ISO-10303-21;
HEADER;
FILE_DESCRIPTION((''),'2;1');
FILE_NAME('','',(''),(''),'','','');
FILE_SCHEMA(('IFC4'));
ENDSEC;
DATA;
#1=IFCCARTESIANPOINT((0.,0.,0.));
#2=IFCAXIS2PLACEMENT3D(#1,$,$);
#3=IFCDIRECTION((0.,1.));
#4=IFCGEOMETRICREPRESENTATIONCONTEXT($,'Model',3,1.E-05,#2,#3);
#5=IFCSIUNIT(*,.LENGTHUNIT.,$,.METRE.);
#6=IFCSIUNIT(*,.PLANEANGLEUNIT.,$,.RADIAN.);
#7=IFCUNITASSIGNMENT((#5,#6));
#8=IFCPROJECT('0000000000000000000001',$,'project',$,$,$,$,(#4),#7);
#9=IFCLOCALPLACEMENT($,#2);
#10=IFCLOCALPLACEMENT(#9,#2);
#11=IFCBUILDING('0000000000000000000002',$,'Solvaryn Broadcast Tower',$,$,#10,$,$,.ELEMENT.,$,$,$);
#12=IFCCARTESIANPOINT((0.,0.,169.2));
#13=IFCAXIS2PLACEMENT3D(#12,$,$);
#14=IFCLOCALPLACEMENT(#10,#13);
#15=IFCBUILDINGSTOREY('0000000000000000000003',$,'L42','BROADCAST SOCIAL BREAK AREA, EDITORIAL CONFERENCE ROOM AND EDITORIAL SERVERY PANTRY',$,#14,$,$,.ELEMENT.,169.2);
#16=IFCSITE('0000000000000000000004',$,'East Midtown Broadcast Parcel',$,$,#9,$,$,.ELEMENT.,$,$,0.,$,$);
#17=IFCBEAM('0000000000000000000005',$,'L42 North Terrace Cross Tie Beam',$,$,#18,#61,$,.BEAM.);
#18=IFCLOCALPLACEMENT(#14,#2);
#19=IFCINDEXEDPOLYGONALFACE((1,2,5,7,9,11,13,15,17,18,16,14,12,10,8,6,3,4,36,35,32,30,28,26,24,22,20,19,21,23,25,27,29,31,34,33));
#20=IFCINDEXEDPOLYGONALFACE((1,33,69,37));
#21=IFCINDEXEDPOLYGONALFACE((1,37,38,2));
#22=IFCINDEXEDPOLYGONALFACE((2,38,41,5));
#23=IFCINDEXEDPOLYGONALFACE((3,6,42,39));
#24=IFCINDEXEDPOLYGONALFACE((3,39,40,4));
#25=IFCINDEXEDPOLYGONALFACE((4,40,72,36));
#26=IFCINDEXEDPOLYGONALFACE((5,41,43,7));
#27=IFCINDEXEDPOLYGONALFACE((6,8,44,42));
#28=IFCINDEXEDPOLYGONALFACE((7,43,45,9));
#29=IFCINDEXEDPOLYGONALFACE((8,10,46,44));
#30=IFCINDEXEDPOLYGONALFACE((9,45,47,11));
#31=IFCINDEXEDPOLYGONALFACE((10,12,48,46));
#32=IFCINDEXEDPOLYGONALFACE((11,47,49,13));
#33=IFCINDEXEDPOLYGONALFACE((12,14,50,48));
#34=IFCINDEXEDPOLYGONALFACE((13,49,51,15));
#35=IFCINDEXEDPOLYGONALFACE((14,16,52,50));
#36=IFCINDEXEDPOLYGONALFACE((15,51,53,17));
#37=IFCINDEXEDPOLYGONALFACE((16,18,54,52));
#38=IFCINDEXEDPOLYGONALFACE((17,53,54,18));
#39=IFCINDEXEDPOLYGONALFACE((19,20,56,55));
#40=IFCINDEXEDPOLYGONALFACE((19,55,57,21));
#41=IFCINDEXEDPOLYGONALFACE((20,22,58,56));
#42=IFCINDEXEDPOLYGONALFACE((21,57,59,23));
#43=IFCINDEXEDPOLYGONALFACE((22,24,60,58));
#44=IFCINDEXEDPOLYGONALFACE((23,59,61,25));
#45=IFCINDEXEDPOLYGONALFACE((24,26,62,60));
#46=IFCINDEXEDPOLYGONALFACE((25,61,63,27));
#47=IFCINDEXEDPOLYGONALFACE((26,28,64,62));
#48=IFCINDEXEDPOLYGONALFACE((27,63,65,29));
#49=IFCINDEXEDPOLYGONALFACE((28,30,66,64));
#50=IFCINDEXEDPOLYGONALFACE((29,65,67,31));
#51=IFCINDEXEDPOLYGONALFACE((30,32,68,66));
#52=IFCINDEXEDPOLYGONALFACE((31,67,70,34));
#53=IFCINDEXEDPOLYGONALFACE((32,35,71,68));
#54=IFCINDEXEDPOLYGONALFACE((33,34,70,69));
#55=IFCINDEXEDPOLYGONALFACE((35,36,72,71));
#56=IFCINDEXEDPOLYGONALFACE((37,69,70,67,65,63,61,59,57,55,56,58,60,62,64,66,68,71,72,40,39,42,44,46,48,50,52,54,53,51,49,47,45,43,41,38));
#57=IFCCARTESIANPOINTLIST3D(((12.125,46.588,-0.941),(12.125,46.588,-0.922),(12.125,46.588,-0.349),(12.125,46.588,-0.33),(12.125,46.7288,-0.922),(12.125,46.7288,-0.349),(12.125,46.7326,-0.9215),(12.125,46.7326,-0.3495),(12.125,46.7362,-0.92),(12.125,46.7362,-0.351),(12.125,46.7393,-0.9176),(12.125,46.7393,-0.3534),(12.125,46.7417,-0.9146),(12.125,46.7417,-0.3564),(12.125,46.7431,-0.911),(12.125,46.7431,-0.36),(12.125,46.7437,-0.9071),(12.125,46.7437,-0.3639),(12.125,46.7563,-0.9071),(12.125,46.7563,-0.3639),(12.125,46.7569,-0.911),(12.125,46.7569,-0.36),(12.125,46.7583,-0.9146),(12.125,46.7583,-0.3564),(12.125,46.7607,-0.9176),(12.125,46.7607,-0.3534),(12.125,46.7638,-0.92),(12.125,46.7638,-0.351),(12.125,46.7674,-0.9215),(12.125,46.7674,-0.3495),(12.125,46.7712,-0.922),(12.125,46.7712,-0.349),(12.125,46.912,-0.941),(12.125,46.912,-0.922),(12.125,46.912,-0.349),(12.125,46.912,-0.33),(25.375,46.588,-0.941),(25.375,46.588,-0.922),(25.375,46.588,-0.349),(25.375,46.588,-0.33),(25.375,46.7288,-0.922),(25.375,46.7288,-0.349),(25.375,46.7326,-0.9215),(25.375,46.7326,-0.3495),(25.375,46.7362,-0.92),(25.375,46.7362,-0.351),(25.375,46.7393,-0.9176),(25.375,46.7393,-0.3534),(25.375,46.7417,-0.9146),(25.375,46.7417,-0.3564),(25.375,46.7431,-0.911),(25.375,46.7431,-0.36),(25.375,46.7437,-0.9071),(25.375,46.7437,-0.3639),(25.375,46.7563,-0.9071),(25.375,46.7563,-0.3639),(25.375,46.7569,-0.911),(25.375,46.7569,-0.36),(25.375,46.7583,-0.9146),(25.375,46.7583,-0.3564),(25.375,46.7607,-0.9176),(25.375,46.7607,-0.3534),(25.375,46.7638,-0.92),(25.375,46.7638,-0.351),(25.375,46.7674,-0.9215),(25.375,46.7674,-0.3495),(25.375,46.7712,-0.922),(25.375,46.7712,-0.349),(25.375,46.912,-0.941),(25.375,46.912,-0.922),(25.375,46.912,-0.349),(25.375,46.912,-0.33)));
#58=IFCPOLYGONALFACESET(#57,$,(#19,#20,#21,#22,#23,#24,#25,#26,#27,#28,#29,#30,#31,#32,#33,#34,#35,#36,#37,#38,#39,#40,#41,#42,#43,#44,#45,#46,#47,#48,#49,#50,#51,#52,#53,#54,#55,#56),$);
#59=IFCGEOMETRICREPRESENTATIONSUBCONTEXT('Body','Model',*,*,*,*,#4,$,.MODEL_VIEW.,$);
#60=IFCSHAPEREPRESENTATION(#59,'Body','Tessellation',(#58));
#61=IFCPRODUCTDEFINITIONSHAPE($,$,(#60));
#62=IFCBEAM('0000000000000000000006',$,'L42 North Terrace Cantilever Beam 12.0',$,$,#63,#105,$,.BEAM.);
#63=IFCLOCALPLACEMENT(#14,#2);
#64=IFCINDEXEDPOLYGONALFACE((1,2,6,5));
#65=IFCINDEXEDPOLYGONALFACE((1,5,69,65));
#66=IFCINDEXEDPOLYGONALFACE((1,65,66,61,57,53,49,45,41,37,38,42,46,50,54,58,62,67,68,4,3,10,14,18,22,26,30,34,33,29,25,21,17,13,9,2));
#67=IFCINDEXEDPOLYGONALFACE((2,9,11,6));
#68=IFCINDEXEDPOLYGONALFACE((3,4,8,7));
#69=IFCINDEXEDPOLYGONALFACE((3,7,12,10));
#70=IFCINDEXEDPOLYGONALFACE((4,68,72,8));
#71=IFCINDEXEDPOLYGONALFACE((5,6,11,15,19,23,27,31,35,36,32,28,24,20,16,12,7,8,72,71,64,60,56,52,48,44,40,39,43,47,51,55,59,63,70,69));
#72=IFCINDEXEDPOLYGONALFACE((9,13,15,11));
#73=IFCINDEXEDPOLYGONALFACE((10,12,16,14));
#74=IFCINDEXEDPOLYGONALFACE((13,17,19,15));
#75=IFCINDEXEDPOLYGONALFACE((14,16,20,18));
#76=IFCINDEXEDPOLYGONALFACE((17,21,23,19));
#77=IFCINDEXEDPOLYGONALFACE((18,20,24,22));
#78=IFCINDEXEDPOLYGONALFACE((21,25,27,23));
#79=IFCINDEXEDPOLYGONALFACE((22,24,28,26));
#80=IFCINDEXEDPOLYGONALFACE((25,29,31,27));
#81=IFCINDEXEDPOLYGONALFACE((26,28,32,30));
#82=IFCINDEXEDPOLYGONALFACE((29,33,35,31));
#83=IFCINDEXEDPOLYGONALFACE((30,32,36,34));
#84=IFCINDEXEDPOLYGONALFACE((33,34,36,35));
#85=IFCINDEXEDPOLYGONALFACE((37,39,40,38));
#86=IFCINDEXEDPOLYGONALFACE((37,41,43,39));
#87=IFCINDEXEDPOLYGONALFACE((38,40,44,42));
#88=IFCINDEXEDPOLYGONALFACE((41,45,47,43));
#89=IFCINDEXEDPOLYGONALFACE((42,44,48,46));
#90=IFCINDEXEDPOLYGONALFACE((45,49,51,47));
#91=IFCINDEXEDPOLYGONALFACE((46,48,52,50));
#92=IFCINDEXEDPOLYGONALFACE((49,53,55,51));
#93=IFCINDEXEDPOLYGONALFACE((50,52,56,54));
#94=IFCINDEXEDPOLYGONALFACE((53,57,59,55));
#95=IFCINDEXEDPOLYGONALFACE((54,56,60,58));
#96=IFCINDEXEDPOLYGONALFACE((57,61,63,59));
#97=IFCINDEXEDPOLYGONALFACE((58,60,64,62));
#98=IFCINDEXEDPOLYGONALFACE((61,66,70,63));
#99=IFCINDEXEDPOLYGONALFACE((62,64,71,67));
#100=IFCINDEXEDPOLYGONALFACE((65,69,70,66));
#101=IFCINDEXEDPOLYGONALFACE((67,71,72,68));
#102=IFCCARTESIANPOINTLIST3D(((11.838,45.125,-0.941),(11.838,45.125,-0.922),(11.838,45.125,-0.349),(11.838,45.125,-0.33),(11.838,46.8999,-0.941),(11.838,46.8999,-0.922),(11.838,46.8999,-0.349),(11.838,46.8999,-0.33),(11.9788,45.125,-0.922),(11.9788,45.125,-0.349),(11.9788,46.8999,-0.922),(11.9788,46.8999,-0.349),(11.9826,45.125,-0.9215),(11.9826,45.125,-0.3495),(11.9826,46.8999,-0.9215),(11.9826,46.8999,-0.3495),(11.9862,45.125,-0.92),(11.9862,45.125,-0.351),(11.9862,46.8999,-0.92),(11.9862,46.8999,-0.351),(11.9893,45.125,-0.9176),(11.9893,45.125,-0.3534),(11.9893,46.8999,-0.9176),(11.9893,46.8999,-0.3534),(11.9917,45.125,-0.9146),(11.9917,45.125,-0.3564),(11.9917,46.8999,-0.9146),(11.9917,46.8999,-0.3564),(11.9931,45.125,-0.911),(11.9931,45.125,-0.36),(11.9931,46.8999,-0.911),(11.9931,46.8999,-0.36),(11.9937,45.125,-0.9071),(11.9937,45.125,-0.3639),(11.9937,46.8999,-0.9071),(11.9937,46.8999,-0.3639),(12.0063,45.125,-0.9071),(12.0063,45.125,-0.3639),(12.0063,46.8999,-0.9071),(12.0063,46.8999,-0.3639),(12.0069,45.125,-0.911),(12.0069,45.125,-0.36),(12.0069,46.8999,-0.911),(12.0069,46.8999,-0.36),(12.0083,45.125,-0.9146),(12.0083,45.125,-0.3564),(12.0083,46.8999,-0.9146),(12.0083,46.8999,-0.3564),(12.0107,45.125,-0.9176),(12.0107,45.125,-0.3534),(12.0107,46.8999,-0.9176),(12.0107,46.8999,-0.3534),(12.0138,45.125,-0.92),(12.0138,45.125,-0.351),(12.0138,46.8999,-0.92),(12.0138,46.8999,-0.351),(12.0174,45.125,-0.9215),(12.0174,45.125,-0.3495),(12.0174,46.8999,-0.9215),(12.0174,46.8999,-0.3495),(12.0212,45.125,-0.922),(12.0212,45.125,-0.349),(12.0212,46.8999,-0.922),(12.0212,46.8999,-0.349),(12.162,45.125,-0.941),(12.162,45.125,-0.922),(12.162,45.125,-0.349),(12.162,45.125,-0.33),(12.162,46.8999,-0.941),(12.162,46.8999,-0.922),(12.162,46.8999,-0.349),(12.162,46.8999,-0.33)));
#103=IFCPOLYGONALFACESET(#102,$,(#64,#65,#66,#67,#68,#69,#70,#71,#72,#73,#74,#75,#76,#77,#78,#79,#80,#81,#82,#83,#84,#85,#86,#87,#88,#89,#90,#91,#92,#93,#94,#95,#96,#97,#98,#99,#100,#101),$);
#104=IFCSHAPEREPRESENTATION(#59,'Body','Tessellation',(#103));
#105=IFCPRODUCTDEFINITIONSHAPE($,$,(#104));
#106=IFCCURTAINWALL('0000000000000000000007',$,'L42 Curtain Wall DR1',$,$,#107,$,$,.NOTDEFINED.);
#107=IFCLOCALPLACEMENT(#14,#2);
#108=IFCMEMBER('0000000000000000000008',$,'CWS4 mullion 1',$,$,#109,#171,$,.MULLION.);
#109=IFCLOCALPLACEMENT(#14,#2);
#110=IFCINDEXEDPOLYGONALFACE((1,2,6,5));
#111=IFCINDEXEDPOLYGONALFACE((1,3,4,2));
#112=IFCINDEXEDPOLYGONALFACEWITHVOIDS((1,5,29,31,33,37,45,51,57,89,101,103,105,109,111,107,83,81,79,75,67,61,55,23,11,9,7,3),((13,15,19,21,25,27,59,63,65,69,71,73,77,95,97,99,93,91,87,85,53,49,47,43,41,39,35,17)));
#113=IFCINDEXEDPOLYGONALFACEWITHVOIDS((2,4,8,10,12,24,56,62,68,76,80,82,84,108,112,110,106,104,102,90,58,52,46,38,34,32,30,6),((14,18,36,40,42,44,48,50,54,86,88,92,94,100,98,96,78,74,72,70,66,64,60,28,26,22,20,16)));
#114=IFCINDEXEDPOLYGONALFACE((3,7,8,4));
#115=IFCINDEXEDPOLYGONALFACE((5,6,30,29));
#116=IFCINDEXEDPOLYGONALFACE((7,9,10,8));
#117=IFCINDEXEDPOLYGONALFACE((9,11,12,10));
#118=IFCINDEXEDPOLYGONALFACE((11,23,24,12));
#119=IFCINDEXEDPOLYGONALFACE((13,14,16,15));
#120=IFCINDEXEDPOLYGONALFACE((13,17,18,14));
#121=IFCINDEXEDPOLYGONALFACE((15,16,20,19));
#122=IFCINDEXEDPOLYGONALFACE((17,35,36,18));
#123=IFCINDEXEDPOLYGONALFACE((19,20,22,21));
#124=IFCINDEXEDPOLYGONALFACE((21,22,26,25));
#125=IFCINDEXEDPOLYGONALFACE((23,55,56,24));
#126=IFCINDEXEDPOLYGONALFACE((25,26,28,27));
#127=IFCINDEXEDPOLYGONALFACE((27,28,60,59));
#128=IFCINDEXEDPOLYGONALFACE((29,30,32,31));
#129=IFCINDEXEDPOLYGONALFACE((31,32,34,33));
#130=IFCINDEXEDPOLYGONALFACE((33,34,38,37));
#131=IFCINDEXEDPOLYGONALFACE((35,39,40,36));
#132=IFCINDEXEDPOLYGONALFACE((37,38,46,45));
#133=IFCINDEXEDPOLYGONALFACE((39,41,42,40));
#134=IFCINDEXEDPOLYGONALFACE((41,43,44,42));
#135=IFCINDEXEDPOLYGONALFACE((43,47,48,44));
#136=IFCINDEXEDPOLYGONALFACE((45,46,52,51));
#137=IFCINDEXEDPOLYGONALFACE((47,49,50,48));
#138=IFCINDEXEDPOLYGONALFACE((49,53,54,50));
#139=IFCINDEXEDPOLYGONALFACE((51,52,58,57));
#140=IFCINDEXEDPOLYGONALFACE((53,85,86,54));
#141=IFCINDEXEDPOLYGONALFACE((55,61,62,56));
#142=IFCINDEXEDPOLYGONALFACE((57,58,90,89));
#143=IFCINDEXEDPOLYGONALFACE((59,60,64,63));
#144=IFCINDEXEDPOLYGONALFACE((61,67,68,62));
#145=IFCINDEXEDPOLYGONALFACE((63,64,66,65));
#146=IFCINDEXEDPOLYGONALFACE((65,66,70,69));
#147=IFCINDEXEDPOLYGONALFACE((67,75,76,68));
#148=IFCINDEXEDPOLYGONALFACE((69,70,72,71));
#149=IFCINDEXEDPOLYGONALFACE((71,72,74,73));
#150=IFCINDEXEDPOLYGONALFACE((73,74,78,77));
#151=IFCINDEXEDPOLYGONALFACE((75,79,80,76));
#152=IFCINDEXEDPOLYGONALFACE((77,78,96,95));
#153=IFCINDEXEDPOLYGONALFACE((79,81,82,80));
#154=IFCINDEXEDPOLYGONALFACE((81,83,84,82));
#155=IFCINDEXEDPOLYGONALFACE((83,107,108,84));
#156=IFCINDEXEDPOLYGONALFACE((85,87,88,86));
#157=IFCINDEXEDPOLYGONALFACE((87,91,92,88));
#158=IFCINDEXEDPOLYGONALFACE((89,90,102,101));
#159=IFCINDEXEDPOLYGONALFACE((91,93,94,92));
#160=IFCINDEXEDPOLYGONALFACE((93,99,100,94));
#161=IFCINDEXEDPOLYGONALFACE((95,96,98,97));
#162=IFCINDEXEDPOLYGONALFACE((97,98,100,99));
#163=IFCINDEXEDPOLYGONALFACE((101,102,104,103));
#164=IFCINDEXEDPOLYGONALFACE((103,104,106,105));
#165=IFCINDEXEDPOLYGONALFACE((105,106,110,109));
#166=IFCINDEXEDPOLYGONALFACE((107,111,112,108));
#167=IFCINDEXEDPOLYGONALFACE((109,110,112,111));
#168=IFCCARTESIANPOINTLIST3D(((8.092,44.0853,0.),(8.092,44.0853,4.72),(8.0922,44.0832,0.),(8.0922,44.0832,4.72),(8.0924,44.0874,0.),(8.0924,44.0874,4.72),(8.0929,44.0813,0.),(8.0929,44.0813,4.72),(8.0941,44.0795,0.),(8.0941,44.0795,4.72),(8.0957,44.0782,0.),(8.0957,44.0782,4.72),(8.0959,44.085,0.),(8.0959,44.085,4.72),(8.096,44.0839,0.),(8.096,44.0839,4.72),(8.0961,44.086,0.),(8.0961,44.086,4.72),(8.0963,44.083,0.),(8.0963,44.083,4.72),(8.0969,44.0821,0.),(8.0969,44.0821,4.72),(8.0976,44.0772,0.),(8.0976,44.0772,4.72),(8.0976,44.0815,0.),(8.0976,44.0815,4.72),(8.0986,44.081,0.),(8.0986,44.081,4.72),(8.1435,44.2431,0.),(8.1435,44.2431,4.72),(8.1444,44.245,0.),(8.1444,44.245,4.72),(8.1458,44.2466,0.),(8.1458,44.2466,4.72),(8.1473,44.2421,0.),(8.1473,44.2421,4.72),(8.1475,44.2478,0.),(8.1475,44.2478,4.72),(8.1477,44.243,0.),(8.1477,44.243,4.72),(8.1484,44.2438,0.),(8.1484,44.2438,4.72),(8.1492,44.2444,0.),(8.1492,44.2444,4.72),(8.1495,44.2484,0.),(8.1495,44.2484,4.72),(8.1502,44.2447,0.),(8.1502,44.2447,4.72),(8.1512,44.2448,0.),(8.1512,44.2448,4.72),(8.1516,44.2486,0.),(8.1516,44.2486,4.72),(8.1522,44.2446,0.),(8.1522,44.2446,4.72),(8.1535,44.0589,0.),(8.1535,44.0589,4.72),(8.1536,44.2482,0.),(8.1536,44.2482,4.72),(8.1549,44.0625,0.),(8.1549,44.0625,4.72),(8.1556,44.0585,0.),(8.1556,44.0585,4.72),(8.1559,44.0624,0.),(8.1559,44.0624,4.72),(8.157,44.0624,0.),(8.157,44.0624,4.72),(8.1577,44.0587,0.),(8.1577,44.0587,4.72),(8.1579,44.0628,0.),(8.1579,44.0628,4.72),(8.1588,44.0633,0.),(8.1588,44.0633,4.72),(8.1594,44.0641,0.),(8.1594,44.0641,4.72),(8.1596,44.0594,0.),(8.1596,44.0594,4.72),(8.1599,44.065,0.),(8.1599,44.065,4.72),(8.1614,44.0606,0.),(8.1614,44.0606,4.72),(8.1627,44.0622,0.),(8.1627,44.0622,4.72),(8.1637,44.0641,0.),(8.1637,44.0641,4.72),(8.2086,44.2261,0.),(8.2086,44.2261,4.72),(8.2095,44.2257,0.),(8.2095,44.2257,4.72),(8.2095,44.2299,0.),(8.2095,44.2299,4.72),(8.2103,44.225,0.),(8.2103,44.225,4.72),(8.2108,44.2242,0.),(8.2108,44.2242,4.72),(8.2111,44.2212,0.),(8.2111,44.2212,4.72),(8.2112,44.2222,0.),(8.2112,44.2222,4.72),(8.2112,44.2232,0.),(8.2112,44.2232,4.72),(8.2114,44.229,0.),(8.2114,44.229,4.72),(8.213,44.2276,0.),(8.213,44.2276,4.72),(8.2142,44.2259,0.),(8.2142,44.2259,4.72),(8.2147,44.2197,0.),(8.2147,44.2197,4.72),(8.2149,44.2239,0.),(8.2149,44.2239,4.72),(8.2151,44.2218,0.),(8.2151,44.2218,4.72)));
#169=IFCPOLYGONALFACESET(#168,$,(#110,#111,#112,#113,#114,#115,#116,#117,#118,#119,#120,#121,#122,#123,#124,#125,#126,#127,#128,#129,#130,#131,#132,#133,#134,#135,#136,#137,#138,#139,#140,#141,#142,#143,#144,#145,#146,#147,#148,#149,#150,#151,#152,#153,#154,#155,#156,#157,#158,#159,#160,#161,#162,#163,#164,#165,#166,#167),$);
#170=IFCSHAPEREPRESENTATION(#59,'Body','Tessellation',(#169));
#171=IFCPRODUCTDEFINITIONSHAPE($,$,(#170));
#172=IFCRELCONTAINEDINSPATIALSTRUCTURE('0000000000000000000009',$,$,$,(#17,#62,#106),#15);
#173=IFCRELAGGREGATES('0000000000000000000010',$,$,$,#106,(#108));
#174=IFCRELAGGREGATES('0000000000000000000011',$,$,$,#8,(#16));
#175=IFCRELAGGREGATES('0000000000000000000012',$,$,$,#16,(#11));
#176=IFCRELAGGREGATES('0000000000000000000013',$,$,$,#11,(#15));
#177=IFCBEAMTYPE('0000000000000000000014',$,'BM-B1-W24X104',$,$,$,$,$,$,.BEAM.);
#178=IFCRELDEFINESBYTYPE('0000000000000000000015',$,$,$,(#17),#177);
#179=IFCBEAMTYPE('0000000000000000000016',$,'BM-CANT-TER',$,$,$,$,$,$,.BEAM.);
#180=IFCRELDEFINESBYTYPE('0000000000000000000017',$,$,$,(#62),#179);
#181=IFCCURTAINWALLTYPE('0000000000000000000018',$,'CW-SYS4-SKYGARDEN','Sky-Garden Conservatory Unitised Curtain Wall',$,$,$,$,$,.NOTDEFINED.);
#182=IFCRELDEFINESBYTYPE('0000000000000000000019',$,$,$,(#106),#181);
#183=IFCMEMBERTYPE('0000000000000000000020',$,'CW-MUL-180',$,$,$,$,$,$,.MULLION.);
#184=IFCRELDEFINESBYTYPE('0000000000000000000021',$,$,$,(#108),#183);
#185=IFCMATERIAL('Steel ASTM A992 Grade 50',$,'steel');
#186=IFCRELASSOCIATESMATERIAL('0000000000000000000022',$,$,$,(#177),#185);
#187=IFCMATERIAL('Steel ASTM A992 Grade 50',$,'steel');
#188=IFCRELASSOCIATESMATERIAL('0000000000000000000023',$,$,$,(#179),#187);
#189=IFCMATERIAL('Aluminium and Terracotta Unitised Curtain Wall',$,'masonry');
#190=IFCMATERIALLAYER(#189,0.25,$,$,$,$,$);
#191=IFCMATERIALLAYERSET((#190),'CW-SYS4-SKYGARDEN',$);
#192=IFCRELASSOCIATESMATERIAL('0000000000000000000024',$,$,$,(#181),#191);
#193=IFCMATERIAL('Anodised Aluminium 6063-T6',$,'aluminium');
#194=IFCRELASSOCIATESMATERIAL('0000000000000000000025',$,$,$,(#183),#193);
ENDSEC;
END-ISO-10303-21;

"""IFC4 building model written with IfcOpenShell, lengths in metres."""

from ifc_helpers import new_model, si_unit, direction, frame, origin, origin_2d, place, context, subcontext, project, spatial, hollow_rectangle, i_section, extrude, material, layer, layer_set, material_profile, profile_set, type_object, element, aggregate, save


model = new_model("IFC4")

# Units and contexts
model_context = context("Model", 3, precision=1e-05, world=origin(), true_north=direction((0.0, 1.0)))
body_context = subcontext(model_context, "Body", "Model", "MODEL_VIEW")
ifc_project = project(units=[si_unit("LENGTHUNIT", "METRE"), si_unit("PLANEANGLEUNIT", "RADIAN")], contexts=[model_context])

# Site, building, storey
site_placement = place(None, origin())
site = spatial("IfcSite", under=ifc_project, at=site_placement, Name="East Midtown Broadcast Parcel", CompositionType="ELEMENT", RefElevation=0.0)
building_placement = place(site_placement, origin())
building = spatial("IfcBuilding", under=site, at=building_placement, Name="Solvaryn Broadcast Tower", CompositionType="ELEMENT")
storey_placement = place(building_placement, frame((0.0, 0.0, 169.2)))
storey = spatial("IfcBuildingStorey", under=building, at=storey_placement, Name="L42", Description="BROADCAST SOCIAL BREAK AREA, EDITORIAL CONFERENCE ROOM AND EDITORIAL SERVERY PANTRY", CompositionType="ELEMENT", Elevation=169.2)

# Beams
ifc_material_1 = material(Name="Steel ASTM A992 Grade 50", Category="steel")
ifc_material_profile_1 = material_profile(ifc_material_1, i_section(OverallWidth=0.324, OverallDepth=0.6111, WebThickness=0.0127, FlangeThickness=0.019, FilletRadius=0.0149, at=origin_2d()))
ifc_profile_set_1 = profile_set([ifc_material_profile_1], Name="Steel ASTM A992 Grade 50")
beam_type_1 = type_object("IfcBeamType", Name="BM-B1-W24X104", PredefinedType="BEAM", material=ifc_profile_set_1)
beam_1_placement = place(storey_placement, frame((12.125, 46.75, -0.6355), z_axis=(1.0, 0.0, 0.0), x_axis=(0.0, 1.0, 0.0)))
element("IfcBeam", 1, at=beam_1_placement, inside=storey, type_object=beam_type_1, Name="L42 North Terrace Cross Tie Beam", PredefinedType="BEAM", context=body_context, shape_type="SweptSolid", body=[
    extrude(i_section(OverallWidth=0.324, OverallDepth=0.6111, WebThickness=0.0127, FlangeThickness=0.019, FilletRadius=0.0149, at=origin_2d()), origin(), (0.0, 0.0, 1.0), 13.25),
])
ifc_material_2 = material(Name="Steel ASTM A992 Grade 50", Category="steel")
ifc_material_profile_2 = material_profile(ifc_material_2, i_section(OverallWidth=0.324, OverallDepth=0.6111, WebThickness=0.0127, FlangeThickness=0.019, FilletRadius=0.0149, at=origin_2d()))
ifc_profile_set_2 = profile_set([ifc_material_profile_2], Name="Steel ASTM A992 Grade 50")
beam_type_2 = type_object("IfcBeamType", Name="BM-CANT-TER", PredefinedType="BEAM", material=ifc_profile_set_2)
beam_2_placement = place(storey_placement, frame((12.0, 45.125, -0.6355), z_axis=(0.0, 1.0, 0.0), x_axis=(-1.0, 0.0, 0.0)))
element("IfcBeam", 2, at=beam_2_placement, inside=storey, type_object=beam_type_2, Name="L42 North Terrace Cantilever Beam 12.0", PredefinedType="BEAM", context=body_context, shape_type="SweptSolid", body=[
    extrude(i_section(OverallWidth=0.324, OverallDepth=0.6111, WebThickness=0.0127, FlangeThickness=0.019, FilletRadius=0.0149, at=origin_2d()), origin(), (0.0, 0.0, 1.0), 1.7749),
])

# Curtain wall, member
ifc_material_3 = material(Name="Aluminium and Terracotta Unitised Curtain Wall", Category="masonry")
ifc_layer_1 = layer(ifc_material_3, 0.25)
ifc_layer_set_1 = layer_set([ifc_layer_1], Name="CW-SYS4-SKYGARDEN")
curtain_wall_type = type_object("IfcCurtainWallType", Name="CW-SYS4-SKYGARDEN", Description="Sky-Garden Conservatory Unitised Curtain Wall", PredefinedType="NOTDEFINED", material=ifc_layer_set_1)
curtain_wall_placement = place(storey_placement, origin())
curtain_wall = element("IfcCurtainWall", 3, at=curtain_wall_placement, inside=storey, type_object=curtain_wall_type, Name="L42 Curtain Wall DR1", PredefinedType="NOTDEFINED")
ifc_material_4 = material(Name="Anodised Aluminium 6063-T6", Category="aluminium")
ifc_material_profile_3 = material_profile(ifc_material_4, hollow_rectangle(XDim=0.075, YDim=0.1799, WallThickness=0.0039, InnerFilletRadius=0.0039, OuterFilletRadius=0.0081, at=origin_2d()))
ifc_profile_set_3 = profile_set([ifc_material_profile_3], Name="Anodised Aluminium 6063-T6")
member_type_1 = type_object("IfcMemberType", Name="CW-MUL-180", PredefinedType="MULLION", material=ifc_profile_set_3)
member_1_placement = place(storey_placement, frame((8.1536, 44.1536, 0.0), z_axis=(0.0, 0.0, 1.0), x_axis=(0.950227, -0.311559, 0.0)))
member_1 = element("IfcMember", 4, at=member_1_placement, type_object=member_type_1, Name="CWS4 mullion 1", PredefinedType="MULLION", context=body_context, shape_type="SweptSolid", body=[
    extrude(hollow_rectangle(XDim=0.075, YDim=0.1799, WallThickness=0.0039, InnerFilletRadius=0.0039, OuterFilletRadius=0.0081, at=origin_2d()), origin(), (0.0, 0.0, 1.0), 4.72),
])
aggregate(curtain_wall, [member_1])

save(model, "model.ifc")
